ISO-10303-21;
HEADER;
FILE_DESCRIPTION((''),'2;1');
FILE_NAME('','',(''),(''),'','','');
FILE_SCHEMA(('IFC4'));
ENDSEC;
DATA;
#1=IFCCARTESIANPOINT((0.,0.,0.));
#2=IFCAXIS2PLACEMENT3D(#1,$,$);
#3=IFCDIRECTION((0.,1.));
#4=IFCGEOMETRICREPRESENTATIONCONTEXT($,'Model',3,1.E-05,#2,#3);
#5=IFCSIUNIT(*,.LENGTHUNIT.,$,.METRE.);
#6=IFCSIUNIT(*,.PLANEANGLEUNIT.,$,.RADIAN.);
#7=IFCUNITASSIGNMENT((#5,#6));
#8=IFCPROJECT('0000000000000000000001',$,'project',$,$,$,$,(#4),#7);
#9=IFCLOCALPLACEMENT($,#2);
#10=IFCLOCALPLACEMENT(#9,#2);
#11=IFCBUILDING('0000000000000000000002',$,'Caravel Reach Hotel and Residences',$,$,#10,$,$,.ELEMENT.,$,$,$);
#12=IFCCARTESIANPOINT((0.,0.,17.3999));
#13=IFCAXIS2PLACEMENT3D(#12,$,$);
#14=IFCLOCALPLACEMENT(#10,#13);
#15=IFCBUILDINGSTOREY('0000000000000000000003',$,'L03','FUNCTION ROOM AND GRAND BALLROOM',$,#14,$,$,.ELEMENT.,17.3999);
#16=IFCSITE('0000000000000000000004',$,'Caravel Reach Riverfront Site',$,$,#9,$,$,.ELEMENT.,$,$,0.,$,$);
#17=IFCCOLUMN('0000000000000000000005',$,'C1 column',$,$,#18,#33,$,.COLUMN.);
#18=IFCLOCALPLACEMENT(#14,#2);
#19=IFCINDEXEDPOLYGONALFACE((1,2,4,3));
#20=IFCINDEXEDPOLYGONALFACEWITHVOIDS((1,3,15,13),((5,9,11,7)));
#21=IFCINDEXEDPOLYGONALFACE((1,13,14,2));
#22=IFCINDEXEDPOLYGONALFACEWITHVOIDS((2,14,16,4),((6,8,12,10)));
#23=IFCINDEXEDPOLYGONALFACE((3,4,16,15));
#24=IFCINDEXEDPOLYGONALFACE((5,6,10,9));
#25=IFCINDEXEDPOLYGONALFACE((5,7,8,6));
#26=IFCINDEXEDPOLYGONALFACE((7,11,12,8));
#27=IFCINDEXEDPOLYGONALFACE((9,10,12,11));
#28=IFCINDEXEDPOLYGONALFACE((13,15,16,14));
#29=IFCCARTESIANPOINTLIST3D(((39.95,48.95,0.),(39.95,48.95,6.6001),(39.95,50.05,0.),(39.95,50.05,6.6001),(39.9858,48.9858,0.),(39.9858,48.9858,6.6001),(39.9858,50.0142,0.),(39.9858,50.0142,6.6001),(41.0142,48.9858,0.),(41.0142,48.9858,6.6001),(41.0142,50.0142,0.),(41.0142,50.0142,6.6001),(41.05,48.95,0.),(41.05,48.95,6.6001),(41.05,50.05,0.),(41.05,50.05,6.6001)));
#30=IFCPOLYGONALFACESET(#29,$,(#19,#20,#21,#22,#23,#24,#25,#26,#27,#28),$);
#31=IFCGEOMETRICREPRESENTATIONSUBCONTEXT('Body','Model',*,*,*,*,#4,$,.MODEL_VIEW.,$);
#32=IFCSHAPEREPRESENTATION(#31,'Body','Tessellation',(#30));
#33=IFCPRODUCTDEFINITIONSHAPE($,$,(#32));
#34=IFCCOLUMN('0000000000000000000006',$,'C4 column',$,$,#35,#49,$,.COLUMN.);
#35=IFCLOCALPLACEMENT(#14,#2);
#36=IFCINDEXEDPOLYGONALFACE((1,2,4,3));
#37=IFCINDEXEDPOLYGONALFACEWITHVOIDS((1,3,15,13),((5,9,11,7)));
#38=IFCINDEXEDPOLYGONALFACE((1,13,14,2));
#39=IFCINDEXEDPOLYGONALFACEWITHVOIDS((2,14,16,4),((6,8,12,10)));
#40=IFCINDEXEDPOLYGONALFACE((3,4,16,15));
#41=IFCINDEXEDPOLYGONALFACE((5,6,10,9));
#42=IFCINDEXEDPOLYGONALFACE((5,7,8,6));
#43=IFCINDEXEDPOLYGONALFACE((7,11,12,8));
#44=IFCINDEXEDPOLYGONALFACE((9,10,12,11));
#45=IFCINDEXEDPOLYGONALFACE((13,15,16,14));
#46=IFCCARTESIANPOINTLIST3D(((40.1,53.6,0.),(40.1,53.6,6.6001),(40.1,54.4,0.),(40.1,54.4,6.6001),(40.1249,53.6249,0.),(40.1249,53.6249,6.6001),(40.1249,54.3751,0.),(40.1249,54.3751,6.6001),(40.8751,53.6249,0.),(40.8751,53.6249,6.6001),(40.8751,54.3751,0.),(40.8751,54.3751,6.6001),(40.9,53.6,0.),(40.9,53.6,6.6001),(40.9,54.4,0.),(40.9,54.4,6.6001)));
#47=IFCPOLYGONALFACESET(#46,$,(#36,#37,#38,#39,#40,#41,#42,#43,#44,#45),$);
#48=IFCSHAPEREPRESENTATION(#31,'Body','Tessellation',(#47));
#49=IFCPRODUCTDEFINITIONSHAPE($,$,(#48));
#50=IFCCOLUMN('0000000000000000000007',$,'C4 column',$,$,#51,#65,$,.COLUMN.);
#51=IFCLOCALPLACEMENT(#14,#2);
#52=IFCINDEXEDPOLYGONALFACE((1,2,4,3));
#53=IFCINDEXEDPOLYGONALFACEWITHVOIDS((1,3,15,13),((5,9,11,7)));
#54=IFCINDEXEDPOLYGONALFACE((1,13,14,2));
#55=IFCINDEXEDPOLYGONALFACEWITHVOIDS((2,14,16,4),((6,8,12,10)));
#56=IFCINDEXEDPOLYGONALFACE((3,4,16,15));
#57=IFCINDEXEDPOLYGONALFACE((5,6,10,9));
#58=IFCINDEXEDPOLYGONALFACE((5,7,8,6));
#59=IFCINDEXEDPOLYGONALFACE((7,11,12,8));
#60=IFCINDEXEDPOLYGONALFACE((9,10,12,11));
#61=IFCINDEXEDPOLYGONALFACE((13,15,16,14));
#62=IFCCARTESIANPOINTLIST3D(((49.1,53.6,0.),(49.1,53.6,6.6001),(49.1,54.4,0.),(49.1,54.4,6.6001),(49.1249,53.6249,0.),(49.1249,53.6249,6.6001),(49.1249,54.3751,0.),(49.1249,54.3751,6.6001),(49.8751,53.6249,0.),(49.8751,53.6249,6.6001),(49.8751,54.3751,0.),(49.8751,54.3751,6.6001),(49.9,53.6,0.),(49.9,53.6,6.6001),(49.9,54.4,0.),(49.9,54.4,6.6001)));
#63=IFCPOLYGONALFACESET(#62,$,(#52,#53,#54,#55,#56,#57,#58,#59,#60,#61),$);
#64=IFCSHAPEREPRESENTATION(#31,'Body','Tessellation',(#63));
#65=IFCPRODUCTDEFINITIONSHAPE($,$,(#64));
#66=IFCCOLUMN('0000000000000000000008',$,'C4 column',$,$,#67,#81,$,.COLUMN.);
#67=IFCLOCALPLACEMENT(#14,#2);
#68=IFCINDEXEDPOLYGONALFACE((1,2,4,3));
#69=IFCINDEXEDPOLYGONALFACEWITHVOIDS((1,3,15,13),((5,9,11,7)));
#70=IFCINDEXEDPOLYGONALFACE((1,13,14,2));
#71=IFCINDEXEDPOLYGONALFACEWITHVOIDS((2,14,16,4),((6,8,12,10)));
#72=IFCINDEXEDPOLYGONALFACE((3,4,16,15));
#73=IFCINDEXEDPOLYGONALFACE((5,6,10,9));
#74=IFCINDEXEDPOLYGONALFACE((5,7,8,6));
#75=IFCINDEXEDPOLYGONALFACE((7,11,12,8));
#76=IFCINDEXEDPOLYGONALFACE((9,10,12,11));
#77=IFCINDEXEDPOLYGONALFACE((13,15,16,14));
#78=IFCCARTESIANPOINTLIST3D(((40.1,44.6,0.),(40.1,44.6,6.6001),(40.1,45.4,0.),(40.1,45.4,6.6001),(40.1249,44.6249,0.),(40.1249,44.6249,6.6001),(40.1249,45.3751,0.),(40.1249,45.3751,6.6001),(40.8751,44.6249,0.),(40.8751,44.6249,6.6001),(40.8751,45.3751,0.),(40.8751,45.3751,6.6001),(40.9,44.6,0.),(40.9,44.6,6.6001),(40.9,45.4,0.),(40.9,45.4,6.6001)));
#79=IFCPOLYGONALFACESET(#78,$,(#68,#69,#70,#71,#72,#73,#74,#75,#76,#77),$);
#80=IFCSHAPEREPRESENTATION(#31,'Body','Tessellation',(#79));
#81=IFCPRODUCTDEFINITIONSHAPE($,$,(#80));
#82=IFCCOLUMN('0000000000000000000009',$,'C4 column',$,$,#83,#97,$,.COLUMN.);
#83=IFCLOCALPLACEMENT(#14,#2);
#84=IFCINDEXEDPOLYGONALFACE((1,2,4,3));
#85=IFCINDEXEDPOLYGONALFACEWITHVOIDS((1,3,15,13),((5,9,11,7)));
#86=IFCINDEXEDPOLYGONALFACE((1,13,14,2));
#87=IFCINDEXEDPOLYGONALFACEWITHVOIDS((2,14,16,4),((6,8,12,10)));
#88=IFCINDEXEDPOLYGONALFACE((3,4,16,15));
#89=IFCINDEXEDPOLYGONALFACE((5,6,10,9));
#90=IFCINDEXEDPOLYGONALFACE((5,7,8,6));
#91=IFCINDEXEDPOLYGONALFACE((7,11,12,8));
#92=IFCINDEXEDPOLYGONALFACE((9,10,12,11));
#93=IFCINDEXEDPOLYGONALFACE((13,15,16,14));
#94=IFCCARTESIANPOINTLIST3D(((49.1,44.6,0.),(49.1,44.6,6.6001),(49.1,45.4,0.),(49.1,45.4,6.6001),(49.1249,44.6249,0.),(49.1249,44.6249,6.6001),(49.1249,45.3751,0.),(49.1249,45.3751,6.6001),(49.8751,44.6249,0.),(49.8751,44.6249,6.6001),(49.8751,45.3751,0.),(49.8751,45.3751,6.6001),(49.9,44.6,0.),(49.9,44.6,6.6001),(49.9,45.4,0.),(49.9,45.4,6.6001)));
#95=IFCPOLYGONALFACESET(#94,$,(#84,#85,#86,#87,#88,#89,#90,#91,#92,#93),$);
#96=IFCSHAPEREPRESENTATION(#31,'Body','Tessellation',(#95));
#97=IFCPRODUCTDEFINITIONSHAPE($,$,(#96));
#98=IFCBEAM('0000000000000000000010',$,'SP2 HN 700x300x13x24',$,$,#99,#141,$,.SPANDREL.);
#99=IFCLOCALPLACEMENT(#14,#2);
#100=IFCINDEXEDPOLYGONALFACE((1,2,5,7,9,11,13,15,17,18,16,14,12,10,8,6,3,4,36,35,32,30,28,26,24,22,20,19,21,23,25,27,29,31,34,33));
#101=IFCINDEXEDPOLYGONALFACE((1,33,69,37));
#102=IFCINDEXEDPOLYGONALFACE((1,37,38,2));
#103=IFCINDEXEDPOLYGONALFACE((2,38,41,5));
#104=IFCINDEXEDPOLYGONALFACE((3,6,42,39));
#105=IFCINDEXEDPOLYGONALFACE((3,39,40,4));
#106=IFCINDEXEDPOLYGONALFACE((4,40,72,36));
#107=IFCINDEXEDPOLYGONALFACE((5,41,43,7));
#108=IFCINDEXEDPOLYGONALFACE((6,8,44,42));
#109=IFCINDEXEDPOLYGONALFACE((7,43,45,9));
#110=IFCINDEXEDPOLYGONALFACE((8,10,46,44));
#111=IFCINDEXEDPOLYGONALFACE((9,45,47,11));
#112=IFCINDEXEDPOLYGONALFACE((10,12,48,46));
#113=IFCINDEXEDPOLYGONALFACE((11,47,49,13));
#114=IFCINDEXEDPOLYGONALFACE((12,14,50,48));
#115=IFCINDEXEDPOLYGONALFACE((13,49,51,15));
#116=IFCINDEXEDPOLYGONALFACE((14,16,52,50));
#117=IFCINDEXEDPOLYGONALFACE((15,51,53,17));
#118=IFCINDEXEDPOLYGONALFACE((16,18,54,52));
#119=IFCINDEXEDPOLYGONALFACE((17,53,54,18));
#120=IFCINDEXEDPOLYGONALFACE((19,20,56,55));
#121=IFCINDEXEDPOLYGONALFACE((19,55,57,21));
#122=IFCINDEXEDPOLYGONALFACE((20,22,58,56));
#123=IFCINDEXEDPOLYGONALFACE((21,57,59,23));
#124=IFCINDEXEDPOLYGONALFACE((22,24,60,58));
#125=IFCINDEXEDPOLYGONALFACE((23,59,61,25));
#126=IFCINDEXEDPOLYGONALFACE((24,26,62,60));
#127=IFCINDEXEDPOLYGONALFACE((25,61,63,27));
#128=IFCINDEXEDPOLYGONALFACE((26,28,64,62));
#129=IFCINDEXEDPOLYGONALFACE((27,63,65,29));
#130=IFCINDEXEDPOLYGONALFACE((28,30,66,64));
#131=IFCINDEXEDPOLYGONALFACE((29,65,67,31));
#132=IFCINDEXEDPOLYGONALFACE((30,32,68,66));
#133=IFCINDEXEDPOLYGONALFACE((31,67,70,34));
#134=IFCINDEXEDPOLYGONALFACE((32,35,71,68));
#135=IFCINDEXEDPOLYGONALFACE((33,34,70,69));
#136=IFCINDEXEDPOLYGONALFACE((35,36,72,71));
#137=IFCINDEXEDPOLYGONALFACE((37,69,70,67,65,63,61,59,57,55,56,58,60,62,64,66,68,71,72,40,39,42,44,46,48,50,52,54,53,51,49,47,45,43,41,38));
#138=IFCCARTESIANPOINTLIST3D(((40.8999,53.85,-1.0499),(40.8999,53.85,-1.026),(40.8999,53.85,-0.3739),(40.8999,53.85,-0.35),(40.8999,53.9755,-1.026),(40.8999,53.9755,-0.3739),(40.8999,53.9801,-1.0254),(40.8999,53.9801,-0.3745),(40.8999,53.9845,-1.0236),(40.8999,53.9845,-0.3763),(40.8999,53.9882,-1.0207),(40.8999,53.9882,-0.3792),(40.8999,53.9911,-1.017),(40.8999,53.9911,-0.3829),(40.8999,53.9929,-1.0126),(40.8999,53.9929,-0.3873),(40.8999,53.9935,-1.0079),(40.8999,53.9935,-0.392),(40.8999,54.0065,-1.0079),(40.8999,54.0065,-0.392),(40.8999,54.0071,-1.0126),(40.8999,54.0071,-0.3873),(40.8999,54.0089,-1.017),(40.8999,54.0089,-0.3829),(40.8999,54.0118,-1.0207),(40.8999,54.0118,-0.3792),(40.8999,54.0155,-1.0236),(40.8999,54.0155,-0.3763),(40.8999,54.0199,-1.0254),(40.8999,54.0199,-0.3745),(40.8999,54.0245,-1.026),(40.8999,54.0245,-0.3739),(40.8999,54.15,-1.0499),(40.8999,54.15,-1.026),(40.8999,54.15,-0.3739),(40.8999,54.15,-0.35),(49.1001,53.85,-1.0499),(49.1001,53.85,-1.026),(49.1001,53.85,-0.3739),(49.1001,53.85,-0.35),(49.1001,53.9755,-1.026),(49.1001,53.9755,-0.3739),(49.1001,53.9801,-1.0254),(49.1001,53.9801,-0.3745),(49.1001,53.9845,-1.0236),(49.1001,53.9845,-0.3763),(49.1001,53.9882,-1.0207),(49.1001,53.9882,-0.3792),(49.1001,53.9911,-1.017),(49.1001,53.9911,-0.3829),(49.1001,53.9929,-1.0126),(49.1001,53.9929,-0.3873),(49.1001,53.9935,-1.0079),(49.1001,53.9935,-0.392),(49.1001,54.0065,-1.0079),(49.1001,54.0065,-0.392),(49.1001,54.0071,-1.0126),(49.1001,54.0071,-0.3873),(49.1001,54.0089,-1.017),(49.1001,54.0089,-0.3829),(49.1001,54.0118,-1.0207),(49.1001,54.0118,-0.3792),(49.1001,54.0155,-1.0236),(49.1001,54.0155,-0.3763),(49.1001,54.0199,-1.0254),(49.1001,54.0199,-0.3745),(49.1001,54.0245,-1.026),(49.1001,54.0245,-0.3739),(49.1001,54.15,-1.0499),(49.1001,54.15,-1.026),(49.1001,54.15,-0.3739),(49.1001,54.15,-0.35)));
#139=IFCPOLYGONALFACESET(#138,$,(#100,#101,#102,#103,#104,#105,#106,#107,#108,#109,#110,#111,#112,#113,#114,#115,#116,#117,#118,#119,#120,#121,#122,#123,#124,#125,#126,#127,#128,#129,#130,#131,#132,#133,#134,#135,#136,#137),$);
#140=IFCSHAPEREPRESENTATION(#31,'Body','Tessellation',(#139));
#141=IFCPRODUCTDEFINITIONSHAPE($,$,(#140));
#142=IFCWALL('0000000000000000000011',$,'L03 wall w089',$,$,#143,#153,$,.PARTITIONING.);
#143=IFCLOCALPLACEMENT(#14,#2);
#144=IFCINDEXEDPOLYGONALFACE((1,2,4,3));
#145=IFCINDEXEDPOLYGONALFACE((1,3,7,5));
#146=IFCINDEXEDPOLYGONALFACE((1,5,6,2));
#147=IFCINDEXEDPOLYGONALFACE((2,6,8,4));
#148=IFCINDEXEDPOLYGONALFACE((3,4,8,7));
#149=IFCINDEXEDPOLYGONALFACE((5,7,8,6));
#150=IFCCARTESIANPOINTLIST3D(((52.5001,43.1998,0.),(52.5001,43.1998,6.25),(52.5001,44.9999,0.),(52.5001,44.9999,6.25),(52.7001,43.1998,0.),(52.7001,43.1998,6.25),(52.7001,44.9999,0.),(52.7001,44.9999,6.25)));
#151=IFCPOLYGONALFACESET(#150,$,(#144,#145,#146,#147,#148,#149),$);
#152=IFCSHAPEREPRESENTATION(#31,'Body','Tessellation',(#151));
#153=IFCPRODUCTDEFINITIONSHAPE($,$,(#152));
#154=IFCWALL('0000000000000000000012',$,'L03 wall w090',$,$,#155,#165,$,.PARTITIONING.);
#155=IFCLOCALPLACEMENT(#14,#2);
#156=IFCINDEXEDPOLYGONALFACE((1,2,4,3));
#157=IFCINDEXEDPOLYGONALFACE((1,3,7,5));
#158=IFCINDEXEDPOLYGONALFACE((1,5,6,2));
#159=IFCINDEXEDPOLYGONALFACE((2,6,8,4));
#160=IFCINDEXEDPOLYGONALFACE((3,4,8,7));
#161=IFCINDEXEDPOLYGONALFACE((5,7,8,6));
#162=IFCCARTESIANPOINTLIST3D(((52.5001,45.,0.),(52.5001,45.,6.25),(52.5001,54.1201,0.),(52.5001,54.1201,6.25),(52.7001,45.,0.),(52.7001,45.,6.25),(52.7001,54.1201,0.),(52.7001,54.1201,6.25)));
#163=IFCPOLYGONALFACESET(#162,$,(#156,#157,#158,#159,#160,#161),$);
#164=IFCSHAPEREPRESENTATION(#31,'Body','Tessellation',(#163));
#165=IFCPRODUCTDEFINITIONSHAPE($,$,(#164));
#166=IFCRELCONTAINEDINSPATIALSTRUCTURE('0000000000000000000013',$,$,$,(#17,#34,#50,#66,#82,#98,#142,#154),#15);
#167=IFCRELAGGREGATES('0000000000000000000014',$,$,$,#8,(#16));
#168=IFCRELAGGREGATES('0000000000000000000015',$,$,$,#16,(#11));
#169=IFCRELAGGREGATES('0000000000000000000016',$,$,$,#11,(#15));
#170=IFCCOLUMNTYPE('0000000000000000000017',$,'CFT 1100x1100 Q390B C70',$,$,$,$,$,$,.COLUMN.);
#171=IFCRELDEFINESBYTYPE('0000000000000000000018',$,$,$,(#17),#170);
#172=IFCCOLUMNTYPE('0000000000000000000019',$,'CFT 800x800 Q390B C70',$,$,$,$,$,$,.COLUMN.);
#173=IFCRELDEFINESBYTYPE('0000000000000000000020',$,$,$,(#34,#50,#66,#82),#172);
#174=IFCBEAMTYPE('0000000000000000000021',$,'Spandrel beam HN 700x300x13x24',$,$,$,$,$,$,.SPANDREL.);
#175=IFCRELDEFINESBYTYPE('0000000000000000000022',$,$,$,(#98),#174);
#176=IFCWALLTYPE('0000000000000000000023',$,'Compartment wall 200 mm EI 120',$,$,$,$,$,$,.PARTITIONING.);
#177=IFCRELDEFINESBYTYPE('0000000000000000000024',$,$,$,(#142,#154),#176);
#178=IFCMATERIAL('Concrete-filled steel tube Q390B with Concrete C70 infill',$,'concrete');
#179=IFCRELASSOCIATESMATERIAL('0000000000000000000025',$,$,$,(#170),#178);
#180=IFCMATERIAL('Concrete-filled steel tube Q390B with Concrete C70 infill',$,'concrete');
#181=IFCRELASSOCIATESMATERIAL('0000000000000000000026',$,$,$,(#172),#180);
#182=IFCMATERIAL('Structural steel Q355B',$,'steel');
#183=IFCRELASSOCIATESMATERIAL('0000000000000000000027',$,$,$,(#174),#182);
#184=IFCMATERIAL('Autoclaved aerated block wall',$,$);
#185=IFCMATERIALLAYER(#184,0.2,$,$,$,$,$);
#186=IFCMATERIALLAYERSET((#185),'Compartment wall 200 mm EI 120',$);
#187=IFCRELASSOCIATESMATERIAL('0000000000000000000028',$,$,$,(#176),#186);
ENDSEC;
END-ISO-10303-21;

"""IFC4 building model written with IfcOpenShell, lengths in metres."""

from ifc_helpers import new_model, si_unit, direction, frame, frame_2d, origin, origin_2d, place, context, subcontext, project, spatial, rectangle, hollow_rectangle, i_section, extrude, material, layer, layer_set, material_profile, profile_set, type_object, element, save


model = new_model("IFC4")

# Units and contexts
model_context = context("Model", 3, precision=1e-05, world=origin(), true_north=direction((0.0, 1.0)))
body_context = subcontext(model_context, "Body", "Model", "MODEL_VIEW")
ifc_project = project(units=[si_unit("LENGTHUNIT", "METRE"), si_unit("PLANEANGLEUNIT", "RADIAN")], contexts=[model_context])

# Site, building, storey
site_placement = place(None, origin())
site = spatial("IfcSite", under=ifc_project, at=site_placement, Name="Caravel Reach Riverfront Site", CompositionType="ELEMENT", RefElevation=0.0)
building_placement = place(site_placement, origin())
building = spatial("IfcBuilding", under=site, at=building_placement, Name="Caravel Reach Hotel and Residences", CompositionType="ELEMENT")
storey_placement = place(building_placement, frame((0.0, 0.0, 17.3999)))
storey = spatial("IfcBuildingStorey", under=building, at=storey_placement, Name="L03", Description="FUNCTION ROOM AND GRAND BALLROOM", CompositionType="ELEMENT", Elevation=17.3999)

# Columns
ifc_material_1 = material(Name="Concrete-filled steel tube Q390B with Concrete C70 infill", Category="concrete")
ifc_material_profile_1 = material_profile(ifc_material_1, hollow_rectangle(XDim=1.1001, YDim=1.1001, WallThickness=0.0359, at=origin_2d()), Name="RHS 1100x1100x36")
ifc_profile_set_1 = profile_set([ifc_material_profile_1], Name="Concrete-filled steel tube Q390B with Concrete C70 infill")
column_type_1 = type_object("IfcColumnType", Name="CFT 1100x1100 Q390B C70", PredefinedType="COLUMN", material=ifc_profile_set_1)
column_placement = place(storey_placement, frame((40.5, 49.5, 0.0), z_axis=(0.0, 0.0, 1.0), x_axis=(1.0, 0.0, 0.0)))
element("IfcColumn", 1, at=column_placement, inside=storey, type_object=column_type_1, Name="C1 column", PredefinedType="COLUMN", context=body_context, shape_type="SweptSolid", body=[
    extrude(hollow_rectangle(XDim=1.1001, YDim=1.1001, WallThickness=0.0359, at=origin_2d()), origin(), (0.0, 0.0, 1.0), 6.6001),
])
ifc_material_2 = material(Name="Concrete-filled steel tube Q390B with Concrete C70 infill", Category="concrete")
ifc_material_profile_2 = material_profile(ifc_material_2, hollow_rectangle(XDim=0.8, YDim=0.8, WallThickness=0.0249, at=origin_2d()), Name="RHS 800x800x25")
ifc_profile_set_2 = profile_set([ifc_material_profile_2], Name="Concrete-filled steel tube Q390B with Concrete C70 infill")
column_type_2 = type_object("IfcColumnType", Name="CFT 800x800 Q390B C70", PredefinedType="COLUMN", material=ifc_profile_set_2)
for number, where, z_axis, x_axis, name in (
    (2, (40.5, 54.0, 0.0), (0.0, 0.0, 1.0), (1.0, 0.0, 0.0), "C4 column"),
    (3, (49.5, 54.0, 0.0), (0.0, 0.0, 1.0), (1.0, 0.0, 0.0), "C4 column"),
    (4, (40.5, 45.0, 0.0), (0.0, 0.0, 1.0), (1.0, 0.0, 0.0), "C4 column"),
    (5, (49.5, 45.0, 0.0), (0.0, 0.0, 1.0), (1.0, 0.0, 0.0), "C4 column"),
):
    element("IfcColumn", number, at=place(storey_placement, frame(where, z_axis=z_axis, x_axis=x_axis)), inside=storey, type_object=column_type_2, Name=name, PredefinedType="COLUMN", context=body_context, shape_type="SweptSolid", body=[
        extrude(hollow_rectangle(XDim=0.8, YDim=0.8, WallThickness=0.0249, at=origin_2d()), origin(), (0.0, 0.0, 1.0), 6.6001),
    ])

# Beam
ifc_material_3 = material(Name="Structural steel Q355B", Category="steel")
ifc_material_profile_3 = material_profile(ifc_material_3, i_section(OverallWidth=0.3, OverallDepth=0.7, WebThickness=0.0129, FlangeThickness=0.0239, FilletRadius=0.0181, at=origin_2d()), Name="HN 700x300x13x24")
ifc_profile_set_3 = profile_set([ifc_material_profile_3], Name="Structural steel Q355B")
beam_type = type_object("IfcBeamType", Name="Spandrel beam HN 700x300x13x24", PredefinedType="SPANDREL", material=ifc_profile_set_3)
beam_placement = place(storey_placement, frame((49.1001, 54.0, -0.7), z_axis=(-1.0, 0.0, 0.0), x_axis=(0.0, -1.0, 0.0)))
element("IfcBeam", 6, at=beam_placement, inside=storey, type_object=beam_type, Name="SP2 HN 700x300x13x24", PredefinedType="SPANDREL", context=body_context, shape_type="SweptSolid", body=[
    extrude(i_section(OverallWidth=0.3, OverallDepth=0.7, WebThickness=0.0129, FlangeThickness=0.0239, FilletRadius=0.0181, at=origin_2d()), origin(), (0.0, 0.0, 1.0), 8.2002),
])

# Walls
ifc_material_4 = material(Name="Autoclaved aerated block wall")
ifc_layer_1 = layer(ifc_material_4, 0.2)
ifc_layer_set_1 = layer_set([ifc_layer_1], Name="Compartment wall 200 mm EI 120")
wall_type_1 = type_object("IfcWallType", Name="Compartment wall 200 mm EI 120", PredefinedType="PARTITIONING", material=ifc_layer_set_1)
wall_1_placement = place(storey_placement, frame((52.6001, 43.2, 0.0), z_axis=(0.0, 0.0, 1.0), x_axis=(0.0, 1.0, 0.0)))
element("IfcWall", 7, at=wall_1_placement, inside=storey, type_object=wall_type_1, Name="L03 wall w089", PredefinedType="PARTITIONING", context=body_context, shape_type="SweptSolid", body=[
    extrude(rectangle(XDim=1.8, YDim=0.2, at=frame_2d((0.8999, 0.0))), origin(), (0.0, 0.0, 1.0), 6.25),
])
wall_2_placement = place(storey_placement, frame((52.6001, 45.0, 0.0), z_axis=(0.0, 0.0, 1.0), x_axis=(0.0, 1.0, 0.0)))
element("IfcWall", 8, at=wall_2_placement, inside=storey, type_object=wall_type_1, Name="L03 wall w090", PredefinedType="PARTITIONING", context=body_context, shape_type="SweptSolid", body=[
    extrude(rectangle(XDim=9.1201, YDim=0.2, at=frame_2d((4.5601, 0.0))), origin(), (0.0, 0.0, 1.0), 6.25),
])

save(model, "model.ifc")
